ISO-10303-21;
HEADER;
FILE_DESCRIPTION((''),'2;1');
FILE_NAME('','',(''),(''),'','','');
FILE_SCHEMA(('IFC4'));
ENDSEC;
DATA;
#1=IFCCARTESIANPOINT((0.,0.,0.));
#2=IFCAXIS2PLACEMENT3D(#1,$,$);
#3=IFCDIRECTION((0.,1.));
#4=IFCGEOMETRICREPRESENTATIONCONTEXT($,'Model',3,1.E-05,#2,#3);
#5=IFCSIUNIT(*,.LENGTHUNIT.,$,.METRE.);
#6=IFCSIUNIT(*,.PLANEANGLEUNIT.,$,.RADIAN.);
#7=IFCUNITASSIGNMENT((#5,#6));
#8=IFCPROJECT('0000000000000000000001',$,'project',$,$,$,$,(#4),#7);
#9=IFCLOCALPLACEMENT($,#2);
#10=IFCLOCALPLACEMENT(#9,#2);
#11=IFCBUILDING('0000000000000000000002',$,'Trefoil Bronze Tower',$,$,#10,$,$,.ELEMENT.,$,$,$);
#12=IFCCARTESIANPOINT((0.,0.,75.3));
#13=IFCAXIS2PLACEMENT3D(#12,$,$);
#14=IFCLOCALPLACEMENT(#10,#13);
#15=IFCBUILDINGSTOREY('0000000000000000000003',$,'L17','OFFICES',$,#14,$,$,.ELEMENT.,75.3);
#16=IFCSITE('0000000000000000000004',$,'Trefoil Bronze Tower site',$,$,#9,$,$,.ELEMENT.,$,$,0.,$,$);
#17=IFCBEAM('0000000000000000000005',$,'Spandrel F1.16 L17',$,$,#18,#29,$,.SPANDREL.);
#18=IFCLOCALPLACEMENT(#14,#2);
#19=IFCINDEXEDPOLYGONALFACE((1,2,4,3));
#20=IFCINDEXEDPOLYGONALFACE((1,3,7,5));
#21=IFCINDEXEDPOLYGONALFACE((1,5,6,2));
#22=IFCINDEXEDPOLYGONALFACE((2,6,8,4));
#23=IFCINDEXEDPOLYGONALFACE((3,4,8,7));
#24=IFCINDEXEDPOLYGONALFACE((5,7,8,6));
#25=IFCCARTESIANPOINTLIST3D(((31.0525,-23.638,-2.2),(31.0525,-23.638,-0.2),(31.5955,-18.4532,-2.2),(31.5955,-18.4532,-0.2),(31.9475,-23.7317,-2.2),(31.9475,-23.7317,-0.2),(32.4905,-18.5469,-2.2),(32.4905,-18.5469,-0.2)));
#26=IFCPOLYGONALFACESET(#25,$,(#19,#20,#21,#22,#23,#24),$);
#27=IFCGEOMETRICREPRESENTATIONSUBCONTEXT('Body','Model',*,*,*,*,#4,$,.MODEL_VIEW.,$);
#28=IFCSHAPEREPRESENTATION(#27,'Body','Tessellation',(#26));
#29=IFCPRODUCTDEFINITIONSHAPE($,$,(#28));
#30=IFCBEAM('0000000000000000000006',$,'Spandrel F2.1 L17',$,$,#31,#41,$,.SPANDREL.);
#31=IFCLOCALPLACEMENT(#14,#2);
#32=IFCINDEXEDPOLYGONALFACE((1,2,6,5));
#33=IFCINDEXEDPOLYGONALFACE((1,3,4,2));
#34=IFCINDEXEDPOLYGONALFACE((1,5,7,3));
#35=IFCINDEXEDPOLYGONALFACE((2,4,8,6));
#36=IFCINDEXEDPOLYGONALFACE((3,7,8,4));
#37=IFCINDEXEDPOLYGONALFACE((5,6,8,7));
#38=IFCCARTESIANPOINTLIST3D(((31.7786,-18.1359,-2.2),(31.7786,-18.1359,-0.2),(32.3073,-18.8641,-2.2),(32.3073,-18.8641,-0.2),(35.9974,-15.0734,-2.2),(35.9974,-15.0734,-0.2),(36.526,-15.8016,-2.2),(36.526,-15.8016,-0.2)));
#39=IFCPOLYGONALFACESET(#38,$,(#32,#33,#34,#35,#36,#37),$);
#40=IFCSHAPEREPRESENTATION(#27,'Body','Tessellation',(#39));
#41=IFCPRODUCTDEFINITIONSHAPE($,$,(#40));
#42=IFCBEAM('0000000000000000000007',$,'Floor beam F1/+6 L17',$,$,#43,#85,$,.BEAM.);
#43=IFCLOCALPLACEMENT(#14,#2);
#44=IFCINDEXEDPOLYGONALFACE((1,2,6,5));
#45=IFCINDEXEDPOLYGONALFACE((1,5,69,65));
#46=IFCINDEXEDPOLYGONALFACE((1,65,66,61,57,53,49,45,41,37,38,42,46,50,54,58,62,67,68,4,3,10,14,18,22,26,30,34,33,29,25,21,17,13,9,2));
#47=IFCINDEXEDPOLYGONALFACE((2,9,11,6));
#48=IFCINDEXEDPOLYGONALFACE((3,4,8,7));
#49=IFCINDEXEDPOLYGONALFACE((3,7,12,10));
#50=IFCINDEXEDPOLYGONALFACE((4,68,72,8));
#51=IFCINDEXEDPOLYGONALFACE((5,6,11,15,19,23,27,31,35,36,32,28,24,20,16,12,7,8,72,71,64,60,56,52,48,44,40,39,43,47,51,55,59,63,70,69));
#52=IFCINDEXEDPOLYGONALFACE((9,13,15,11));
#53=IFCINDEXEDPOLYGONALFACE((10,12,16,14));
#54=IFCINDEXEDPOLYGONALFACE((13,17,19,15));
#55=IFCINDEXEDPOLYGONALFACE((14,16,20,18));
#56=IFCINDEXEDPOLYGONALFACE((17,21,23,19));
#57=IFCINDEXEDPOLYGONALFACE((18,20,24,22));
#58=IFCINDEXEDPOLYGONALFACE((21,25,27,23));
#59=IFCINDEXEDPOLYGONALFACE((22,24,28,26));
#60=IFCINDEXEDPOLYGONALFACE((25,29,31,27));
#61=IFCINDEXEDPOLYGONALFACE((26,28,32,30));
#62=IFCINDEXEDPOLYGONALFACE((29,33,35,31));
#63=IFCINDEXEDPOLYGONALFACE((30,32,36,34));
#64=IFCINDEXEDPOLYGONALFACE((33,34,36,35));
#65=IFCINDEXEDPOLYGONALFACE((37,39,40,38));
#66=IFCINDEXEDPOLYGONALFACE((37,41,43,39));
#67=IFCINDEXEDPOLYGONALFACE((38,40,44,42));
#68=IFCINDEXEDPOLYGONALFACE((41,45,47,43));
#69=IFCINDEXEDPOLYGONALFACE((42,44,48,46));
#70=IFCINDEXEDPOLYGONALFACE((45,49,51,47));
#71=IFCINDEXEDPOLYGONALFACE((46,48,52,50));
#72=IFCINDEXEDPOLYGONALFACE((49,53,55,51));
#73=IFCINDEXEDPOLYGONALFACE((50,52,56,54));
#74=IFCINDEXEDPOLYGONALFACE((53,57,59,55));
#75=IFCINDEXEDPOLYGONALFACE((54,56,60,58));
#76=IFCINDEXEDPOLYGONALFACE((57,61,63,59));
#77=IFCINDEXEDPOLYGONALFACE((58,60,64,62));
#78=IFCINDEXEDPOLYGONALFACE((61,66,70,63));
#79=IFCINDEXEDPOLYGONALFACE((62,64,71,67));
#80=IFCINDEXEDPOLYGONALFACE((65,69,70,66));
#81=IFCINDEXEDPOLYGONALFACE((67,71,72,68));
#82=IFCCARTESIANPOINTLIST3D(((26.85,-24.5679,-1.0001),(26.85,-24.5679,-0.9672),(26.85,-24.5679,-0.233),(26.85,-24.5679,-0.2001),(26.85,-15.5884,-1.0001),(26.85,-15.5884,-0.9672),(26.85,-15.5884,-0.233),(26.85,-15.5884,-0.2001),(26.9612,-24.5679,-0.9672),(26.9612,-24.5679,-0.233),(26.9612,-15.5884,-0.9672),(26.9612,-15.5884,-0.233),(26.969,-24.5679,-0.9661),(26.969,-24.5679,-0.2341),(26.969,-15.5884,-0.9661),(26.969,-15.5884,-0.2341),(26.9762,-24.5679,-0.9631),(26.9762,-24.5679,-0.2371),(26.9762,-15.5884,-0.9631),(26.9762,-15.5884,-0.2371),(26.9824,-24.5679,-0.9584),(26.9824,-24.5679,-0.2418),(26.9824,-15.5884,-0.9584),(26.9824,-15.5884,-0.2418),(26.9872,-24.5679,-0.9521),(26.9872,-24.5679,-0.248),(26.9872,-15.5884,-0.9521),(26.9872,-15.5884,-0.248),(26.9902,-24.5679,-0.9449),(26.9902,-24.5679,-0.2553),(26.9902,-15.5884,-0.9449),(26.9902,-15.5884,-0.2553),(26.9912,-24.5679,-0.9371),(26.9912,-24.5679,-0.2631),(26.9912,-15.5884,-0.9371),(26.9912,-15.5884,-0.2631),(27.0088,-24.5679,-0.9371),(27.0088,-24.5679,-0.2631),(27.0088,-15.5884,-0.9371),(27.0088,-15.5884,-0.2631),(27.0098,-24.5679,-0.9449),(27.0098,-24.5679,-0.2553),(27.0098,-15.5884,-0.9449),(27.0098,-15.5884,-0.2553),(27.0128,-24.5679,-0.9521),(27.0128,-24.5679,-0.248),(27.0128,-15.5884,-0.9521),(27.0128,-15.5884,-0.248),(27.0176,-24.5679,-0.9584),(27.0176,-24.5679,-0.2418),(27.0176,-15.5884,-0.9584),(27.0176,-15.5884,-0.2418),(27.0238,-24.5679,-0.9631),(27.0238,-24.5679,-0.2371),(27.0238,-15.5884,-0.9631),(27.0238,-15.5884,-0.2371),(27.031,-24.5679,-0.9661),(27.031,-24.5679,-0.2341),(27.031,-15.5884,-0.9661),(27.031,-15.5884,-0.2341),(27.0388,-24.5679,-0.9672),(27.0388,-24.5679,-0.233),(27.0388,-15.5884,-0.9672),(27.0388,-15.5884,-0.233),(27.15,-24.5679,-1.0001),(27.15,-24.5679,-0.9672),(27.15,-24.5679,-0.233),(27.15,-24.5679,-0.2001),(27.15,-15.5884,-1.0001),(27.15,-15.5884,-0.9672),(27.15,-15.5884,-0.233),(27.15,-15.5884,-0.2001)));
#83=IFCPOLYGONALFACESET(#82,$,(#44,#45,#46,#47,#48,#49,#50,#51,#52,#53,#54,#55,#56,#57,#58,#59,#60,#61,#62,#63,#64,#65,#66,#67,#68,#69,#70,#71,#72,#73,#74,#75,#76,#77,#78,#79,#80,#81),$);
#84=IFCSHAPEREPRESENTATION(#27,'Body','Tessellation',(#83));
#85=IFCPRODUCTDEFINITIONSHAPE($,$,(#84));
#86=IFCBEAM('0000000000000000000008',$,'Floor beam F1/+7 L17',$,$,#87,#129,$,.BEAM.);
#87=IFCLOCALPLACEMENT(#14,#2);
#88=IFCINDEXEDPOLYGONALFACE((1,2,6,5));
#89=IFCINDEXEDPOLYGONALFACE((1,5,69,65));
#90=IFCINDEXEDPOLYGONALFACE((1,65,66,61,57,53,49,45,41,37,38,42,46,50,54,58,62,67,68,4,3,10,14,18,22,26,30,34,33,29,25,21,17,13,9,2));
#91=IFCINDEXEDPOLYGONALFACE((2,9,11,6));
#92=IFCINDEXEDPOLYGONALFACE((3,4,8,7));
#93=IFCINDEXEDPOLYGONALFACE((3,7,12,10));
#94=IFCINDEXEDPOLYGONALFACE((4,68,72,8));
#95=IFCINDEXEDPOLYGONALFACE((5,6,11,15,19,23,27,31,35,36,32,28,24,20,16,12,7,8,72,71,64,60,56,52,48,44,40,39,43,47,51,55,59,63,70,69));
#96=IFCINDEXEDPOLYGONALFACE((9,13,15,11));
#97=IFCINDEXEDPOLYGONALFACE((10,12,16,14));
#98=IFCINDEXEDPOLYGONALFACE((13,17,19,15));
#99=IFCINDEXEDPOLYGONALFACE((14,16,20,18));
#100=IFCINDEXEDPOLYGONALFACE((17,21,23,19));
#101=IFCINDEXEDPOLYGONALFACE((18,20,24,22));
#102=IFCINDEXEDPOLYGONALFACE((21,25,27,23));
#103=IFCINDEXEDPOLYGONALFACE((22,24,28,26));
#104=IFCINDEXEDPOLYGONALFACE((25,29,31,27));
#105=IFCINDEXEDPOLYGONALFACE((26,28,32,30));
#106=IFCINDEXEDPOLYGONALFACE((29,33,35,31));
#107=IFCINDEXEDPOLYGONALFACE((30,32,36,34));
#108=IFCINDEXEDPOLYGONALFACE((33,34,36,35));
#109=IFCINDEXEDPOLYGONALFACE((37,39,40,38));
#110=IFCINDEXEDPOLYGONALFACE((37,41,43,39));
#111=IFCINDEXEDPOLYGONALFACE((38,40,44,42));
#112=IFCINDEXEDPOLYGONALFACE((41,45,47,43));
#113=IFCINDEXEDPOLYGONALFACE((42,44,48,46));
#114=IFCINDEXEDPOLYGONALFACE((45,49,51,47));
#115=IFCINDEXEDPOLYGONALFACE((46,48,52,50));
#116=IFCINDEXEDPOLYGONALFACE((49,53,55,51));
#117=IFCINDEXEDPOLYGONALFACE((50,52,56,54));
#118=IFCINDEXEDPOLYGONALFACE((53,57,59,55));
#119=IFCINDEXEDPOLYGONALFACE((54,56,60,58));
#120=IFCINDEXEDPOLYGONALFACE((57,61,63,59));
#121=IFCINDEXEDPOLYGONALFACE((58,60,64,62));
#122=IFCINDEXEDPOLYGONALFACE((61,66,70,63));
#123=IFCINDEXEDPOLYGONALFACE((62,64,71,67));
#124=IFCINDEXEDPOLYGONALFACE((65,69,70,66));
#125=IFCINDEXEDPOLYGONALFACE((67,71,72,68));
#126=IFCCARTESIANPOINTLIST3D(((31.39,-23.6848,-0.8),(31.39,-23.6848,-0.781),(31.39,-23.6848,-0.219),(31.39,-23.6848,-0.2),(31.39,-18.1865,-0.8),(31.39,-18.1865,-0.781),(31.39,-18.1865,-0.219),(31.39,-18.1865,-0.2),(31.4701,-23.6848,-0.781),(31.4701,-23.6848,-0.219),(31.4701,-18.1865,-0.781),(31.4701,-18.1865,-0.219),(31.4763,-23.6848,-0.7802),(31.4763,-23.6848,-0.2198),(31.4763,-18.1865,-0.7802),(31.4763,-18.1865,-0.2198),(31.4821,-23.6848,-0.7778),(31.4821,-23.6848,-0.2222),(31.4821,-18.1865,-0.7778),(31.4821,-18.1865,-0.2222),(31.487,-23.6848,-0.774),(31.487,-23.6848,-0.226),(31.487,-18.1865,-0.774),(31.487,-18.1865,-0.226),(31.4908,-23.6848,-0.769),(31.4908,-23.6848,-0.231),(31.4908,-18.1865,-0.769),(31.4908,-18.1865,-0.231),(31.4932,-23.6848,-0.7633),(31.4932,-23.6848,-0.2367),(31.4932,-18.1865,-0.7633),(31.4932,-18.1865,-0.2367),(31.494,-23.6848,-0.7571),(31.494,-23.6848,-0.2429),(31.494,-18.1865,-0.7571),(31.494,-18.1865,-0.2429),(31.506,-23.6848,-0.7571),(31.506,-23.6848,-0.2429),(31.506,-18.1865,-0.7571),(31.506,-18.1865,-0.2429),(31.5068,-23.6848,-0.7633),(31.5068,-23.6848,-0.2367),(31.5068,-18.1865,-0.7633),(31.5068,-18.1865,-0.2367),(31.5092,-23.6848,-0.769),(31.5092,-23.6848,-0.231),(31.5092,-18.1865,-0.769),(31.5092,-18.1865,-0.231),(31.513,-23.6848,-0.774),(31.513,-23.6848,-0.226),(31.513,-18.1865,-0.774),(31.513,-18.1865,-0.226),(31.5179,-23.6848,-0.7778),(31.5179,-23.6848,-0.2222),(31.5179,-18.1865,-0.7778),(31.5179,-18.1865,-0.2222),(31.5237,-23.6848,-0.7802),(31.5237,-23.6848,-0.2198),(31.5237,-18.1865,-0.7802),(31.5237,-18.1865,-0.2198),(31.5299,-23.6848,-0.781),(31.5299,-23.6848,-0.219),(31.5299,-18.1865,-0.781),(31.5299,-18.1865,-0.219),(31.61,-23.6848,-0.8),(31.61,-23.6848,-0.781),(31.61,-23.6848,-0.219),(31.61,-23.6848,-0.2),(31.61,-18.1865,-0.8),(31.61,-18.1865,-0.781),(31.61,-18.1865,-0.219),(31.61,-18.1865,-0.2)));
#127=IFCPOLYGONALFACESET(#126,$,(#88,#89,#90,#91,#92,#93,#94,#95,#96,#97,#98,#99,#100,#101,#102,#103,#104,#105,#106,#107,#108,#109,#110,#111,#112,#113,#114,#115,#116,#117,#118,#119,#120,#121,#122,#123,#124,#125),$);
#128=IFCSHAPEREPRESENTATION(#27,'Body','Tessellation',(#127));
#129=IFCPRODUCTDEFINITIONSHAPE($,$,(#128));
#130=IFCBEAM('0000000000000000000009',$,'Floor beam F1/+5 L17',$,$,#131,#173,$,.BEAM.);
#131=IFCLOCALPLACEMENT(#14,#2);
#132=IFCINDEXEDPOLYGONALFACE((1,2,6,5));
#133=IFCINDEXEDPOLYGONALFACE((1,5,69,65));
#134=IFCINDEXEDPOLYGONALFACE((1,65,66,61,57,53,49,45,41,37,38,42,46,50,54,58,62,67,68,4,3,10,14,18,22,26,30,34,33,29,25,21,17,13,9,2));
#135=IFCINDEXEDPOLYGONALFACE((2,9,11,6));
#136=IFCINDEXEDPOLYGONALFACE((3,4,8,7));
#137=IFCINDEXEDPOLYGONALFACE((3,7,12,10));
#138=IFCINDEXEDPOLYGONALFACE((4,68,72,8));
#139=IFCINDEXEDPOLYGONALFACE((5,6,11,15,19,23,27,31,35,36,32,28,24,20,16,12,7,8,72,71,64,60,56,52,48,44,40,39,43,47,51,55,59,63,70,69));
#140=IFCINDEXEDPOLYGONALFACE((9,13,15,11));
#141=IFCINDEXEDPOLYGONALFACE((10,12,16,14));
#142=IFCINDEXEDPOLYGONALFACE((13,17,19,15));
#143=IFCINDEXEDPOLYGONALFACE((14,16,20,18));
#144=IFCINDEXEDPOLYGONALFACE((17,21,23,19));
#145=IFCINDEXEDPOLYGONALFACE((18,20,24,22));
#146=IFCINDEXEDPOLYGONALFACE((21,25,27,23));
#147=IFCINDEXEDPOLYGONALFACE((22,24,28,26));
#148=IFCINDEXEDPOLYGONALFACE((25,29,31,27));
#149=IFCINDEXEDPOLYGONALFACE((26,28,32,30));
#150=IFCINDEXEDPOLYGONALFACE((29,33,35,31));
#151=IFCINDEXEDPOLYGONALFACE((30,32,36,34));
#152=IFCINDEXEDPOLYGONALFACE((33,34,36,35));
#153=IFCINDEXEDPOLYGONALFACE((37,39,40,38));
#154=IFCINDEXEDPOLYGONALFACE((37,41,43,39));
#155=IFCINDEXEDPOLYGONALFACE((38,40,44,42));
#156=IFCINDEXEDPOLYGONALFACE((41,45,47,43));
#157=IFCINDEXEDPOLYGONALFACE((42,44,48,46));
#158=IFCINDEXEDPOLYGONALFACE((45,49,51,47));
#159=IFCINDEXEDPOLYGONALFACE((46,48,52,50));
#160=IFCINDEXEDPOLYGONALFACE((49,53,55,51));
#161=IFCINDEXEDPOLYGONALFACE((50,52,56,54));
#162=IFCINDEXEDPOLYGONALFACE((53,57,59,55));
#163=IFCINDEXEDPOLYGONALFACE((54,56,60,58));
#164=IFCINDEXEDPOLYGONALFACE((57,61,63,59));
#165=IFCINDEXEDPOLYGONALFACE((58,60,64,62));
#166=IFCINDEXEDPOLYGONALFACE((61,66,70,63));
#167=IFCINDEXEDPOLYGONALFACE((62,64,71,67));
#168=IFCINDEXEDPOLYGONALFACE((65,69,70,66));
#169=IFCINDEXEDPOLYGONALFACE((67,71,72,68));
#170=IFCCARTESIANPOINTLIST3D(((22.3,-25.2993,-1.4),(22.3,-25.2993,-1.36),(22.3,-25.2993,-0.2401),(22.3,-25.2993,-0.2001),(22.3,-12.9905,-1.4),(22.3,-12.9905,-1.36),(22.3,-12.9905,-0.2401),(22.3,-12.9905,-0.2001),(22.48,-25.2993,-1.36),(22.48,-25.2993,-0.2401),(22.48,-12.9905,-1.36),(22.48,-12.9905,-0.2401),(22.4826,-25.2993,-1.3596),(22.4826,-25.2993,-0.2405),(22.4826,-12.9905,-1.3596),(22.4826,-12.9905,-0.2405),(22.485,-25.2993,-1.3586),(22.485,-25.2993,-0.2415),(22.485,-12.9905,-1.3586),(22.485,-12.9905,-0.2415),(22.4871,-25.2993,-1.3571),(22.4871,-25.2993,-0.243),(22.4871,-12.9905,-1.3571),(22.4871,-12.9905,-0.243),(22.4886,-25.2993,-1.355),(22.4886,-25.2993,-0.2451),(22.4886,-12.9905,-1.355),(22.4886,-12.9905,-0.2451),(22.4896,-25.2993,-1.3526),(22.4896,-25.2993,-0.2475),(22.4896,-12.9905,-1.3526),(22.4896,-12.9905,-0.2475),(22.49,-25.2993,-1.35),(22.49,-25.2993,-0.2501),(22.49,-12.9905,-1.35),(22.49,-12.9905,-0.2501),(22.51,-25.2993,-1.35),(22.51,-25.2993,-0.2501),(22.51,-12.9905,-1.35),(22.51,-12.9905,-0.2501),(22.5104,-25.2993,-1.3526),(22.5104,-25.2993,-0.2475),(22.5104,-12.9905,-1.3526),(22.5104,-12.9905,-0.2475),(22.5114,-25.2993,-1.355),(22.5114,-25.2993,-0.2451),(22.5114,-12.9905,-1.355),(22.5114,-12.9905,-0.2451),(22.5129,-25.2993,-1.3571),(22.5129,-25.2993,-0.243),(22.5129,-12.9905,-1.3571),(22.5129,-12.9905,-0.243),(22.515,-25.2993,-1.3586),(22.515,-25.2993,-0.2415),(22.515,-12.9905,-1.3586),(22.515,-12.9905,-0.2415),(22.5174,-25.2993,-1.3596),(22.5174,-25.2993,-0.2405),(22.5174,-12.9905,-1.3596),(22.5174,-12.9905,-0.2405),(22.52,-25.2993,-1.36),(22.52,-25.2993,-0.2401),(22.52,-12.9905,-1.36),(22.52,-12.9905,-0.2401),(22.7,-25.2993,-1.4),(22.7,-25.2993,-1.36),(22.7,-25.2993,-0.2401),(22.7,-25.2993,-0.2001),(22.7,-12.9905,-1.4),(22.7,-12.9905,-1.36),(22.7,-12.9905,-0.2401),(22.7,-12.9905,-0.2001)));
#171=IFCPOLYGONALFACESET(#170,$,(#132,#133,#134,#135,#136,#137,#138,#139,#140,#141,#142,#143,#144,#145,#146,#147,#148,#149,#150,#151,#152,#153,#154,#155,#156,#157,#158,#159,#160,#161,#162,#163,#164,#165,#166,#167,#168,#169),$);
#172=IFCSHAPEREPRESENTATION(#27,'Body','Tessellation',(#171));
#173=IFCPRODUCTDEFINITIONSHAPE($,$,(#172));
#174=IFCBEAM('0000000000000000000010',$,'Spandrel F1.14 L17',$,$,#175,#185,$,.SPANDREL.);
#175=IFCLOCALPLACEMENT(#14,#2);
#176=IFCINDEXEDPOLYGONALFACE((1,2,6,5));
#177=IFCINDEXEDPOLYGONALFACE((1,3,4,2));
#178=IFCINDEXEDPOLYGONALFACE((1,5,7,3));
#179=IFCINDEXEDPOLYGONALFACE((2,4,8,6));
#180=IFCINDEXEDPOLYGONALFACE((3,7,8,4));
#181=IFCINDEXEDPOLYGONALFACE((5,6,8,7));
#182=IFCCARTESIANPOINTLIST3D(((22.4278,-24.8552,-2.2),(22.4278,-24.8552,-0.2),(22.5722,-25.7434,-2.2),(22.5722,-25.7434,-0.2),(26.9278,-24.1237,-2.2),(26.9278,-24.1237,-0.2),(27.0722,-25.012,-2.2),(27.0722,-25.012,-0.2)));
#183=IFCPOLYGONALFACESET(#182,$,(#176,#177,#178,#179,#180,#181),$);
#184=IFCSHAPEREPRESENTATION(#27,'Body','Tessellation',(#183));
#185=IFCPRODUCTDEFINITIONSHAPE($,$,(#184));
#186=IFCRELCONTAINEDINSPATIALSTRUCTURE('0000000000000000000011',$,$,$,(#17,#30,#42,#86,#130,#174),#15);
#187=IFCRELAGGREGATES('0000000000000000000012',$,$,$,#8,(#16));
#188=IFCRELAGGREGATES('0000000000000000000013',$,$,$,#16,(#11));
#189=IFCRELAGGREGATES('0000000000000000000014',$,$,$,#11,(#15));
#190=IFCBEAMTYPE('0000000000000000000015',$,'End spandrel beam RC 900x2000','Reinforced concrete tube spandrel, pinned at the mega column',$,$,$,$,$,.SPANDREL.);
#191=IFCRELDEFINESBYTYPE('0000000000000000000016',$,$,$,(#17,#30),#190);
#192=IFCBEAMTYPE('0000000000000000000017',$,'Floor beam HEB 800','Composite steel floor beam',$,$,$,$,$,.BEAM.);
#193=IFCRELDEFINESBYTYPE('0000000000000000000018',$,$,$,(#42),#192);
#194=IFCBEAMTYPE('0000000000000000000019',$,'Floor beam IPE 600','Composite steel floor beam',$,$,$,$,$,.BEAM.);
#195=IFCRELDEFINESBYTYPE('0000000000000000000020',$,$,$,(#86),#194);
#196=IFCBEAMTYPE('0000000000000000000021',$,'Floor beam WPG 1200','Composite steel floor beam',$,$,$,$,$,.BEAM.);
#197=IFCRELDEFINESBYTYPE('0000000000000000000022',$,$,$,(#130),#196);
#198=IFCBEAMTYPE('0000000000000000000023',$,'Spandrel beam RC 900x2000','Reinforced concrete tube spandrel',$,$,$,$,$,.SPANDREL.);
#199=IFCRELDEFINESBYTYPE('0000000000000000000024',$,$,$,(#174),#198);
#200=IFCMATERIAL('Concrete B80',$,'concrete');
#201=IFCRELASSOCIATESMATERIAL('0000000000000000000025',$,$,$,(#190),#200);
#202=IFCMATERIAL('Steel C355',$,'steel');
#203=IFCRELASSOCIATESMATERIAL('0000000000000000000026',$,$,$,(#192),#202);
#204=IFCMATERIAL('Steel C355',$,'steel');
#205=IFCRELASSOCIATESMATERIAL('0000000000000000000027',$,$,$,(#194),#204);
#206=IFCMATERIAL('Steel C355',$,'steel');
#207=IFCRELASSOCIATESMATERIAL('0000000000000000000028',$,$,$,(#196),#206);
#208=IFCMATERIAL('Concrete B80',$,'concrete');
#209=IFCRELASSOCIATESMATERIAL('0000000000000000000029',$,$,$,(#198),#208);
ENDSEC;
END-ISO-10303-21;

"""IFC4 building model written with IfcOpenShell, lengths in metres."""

from ifc_helpers import new_model, si_unit, direction, frame, origin, origin_2d, place, context, subcontext, project, spatial, rectangle, i_section, extrude, material, material_profile, profile_set, type_object, element, save


model = new_model("IFC4")

# Units and contexts
model_context = context("Model", 3, precision=1e-05, world=origin(), true_north=direction((0.0, 1.0)))
body_context = subcontext(model_context, "Body", "Model", "MODEL_VIEW")
ifc_project = project(units=[si_unit("LENGTHUNIT", "METRE"), si_unit("PLANEANGLEUNIT", "RADIAN")], contexts=[model_context])

# Site, building, storey
site_placement = place(None, origin())
site = spatial("IfcSite", under=ifc_project, at=site_placement, Name="Trefoil Bronze Tower site", CompositionType="ELEMENT", RefElevation=0.0)
building_placement = place(site_placement, origin())
building = spatial("IfcBuilding", under=site, at=building_placement, Name="Trefoil Bronze Tower", CompositionType="ELEMENT")
storey_placement = place(building_placement, frame((0.0, 0.0, 75.3)))
storey = spatial("IfcBuildingStorey", under=building, at=storey_placement, Name="L17", Description="OFFICES", CompositionType="ELEMENT", Elevation=75.3)

# Beams
ifc_material_1 = material(Name="Concrete B80", Category="concrete")
ifc_material_profile_1 = material_profile(ifc_material_1, rectangle(XDim=0.8999, YDim=2.0, at=origin_2d()), Name="RC 900x2000")
ifc_profile_set_1 = profile_set([ifc_material_profile_1], Name="Concrete B80")
beam_type_1 = type_object("IfcBeamType", Name="End spandrel beam RC 900x2000", Description="Reinforced concrete tube spandrel, pinned at the mega column", PredefinedType="SPANDREL", material=ifc_profile_set_1)
for number, where, z_axis, x_axis, name in (
    (1, (31.5, -23.6848, -1.2), (0.104153, 0.994561, 0.0), (-0.994561, 0.104153, 0.0), "Spandrel F1.16 L17"),
    (2, (32.043, -18.5, -1.2), (0.809254, 0.587459, 0.0), (-0.587459, 0.809254, 0.0), "Spandrel F2.1 L17"),
):
    element("IfcBeam", number, at=place(storey_placement, frame(where, z_axis=z_axis, x_axis=x_axis)), inside=storey, type_object=beam_type_1, Name=name, PredefinedType="SPANDREL", context=body_context, shape_type="SweptSolid", body=[
        extrude(rectangle(XDim=0.8999, YDim=2.0, at=origin_2d()), origin(), (0.0, 0.0, 1.0), 5.2131),
    ])
ifc_material_2 = material(Name="Steel C355", Category="steel")
ifc_material_profile_2 = material_profile(ifc_material_2, i_section(OverallWidth=0.3, OverallDepth=0.8, WebThickness=0.0176, FlangeThickness=0.033, FilletRadius=0.03, at=origin_2d()), Name="HEB 800")
ifc_profile_set_2 = profile_set([ifc_material_profile_2], Name="Steel C355")
beam_type_2 = type_object("IfcBeamType", Name="Floor beam HEB 800", Description="Composite steel floor beam", PredefinedType="BEAM", material=ifc_profile_set_2)
beam_1_placement = place(storey_placement, frame((27.0, -24.5679, -0.6001), z_axis=(0.0, 1.0, 0.0), x_axis=(-1.0, 0.0, 0.0)))
element("IfcBeam", 3, at=beam_1_placement, inside=storey, type_object=beam_type_2, Name="Floor beam F1/+6 L17", PredefinedType="BEAM", context=body_context, shape_type="SweptSolid", body=[
    extrude(i_section(OverallWidth=0.3, OverallDepth=0.8, WebThickness=0.0176, FlangeThickness=0.033, FilletRadius=0.03, at=origin_2d()), origin(), (0.0, 0.0, 1.0), 8.9795),
])
ifc_material_3 = material(Name="Steel C355", Category="steel")
ifc_material_profile_3 = material_profile(ifc_material_3, i_section(OverallWidth=0.22, OverallDepth=0.6001, WebThickness=0.012, FlangeThickness=0.019, FilletRadius=0.0239, at=origin_2d()), Name="IPE 600")
ifc_profile_set_3 = profile_set([ifc_material_profile_3], Name="Steel C355")
beam_type_3 = type_object("IfcBeamType", Name="Floor beam IPE 600", Description="Composite steel floor beam", PredefinedType="BEAM", material=ifc_profile_set_3)
beam_2_placement = place(storey_placement, frame((31.5, -23.6848, -0.5), z_axis=(0.0, 1.0, 0.0), x_axis=(-1.0, 0.0, 0.0)))
element("IfcBeam", 4, at=beam_2_placement, inside=storey, type_object=beam_type_3, Name="Floor beam F1/+7 L17", PredefinedType="BEAM", context=body_context, shape_type="SweptSolid", body=[
    extrude(i_section(OverallWidth=0.22, OverallDepth=0.6001, WebThickness=0.012, FlangeThickness=0.019, FilletRadius=0.0239, at=origin_2d()), origin(), (0.0, 0.0, 1.0), 5.4983),
])
ifc_material_4 = material(Name="Steel C355", Category="steel")
ifc_material_profile_4 = material_profile(ifc_material_4, i_section(OverallWidth=0.3999, OverallDepth=1.2, WebThickness=0.02, FlangeThickness=0.04, FilletRadius=0.01, at=origin_2d()), Name="WPG 1200")
ifc_profile_set_4 = profile_set([ifc_material_profile_4], Name="Steel C355")
beam_type_4 = type_object("IfcBeamType", Name="Floor beam WPG 1200", Description="Composite steel floor beam", PredefinedType="BEAM", material=ifc_profile_set_4)
beam_3_placement = place(storey_placement, frame((22.5, -25.2993, -0.8), z_axis=(0.0, 1.0, 0.0), x_axis=(-1.0, 0.0, 0.0)))
element("IfcBeam", 5, at=beam_3_placement, inside=storey, type_object=beam_type_4, Name="Floor beam F1/+5 L17", PredefinedType="BEAM", context=body_context, shape_type="SweptSolid", body=[
    extrude(i_section(OverallWidth=0.3999, OverallDepth=1.2, WebThickness=0.02, FlangeThickness=0.04, FilletRadius=0.01, at=origin_2d()), origin(), (0.0, 0.0, 1.0), 12.3088),
])
ifc_material_5 = material(Name="Concrete B80", Category="concrete")
ifc_material_profile_5 = material_profile(ifc_material_5, rectangle(XDim=0.8999, YDim=2.0, at=origin_2d()), Name="RC 900x2000")
ifc_profile_set_5 = profile_set([ifc_material_profile_5], Name="Concrete B80")
beam_type_5 = type_object("IfcBeamType", Name="Spandrel beam RC 900x2000", Description="Reinforced concrete tube spandrel", PredefinedType="SPANDREL", material=ifc_profile_set_5)
beam_4_placement = place(storey_placement, frame((22.5, -25.2993, -1.2), z_axis=(0.987046, 0.160438, 0.0), x_axis=(-0.160438, 0.987046, 0.0)))
element("IfcBeam", 6, at=beam_4_placement, inside=storey, type_object=beam_type_5, Name="Spandrel F1.14 L17", PredefinedType="SPANDREL", context=body_context, shape_type="SweptSolid", body=[
    extrude(rectangle(XDim=0.8999, YDim=2.0, at=origin_2d()), origin(), (0.0, 0.0, 1.0), 4.5591),
])

save(model, "model.ifc")
